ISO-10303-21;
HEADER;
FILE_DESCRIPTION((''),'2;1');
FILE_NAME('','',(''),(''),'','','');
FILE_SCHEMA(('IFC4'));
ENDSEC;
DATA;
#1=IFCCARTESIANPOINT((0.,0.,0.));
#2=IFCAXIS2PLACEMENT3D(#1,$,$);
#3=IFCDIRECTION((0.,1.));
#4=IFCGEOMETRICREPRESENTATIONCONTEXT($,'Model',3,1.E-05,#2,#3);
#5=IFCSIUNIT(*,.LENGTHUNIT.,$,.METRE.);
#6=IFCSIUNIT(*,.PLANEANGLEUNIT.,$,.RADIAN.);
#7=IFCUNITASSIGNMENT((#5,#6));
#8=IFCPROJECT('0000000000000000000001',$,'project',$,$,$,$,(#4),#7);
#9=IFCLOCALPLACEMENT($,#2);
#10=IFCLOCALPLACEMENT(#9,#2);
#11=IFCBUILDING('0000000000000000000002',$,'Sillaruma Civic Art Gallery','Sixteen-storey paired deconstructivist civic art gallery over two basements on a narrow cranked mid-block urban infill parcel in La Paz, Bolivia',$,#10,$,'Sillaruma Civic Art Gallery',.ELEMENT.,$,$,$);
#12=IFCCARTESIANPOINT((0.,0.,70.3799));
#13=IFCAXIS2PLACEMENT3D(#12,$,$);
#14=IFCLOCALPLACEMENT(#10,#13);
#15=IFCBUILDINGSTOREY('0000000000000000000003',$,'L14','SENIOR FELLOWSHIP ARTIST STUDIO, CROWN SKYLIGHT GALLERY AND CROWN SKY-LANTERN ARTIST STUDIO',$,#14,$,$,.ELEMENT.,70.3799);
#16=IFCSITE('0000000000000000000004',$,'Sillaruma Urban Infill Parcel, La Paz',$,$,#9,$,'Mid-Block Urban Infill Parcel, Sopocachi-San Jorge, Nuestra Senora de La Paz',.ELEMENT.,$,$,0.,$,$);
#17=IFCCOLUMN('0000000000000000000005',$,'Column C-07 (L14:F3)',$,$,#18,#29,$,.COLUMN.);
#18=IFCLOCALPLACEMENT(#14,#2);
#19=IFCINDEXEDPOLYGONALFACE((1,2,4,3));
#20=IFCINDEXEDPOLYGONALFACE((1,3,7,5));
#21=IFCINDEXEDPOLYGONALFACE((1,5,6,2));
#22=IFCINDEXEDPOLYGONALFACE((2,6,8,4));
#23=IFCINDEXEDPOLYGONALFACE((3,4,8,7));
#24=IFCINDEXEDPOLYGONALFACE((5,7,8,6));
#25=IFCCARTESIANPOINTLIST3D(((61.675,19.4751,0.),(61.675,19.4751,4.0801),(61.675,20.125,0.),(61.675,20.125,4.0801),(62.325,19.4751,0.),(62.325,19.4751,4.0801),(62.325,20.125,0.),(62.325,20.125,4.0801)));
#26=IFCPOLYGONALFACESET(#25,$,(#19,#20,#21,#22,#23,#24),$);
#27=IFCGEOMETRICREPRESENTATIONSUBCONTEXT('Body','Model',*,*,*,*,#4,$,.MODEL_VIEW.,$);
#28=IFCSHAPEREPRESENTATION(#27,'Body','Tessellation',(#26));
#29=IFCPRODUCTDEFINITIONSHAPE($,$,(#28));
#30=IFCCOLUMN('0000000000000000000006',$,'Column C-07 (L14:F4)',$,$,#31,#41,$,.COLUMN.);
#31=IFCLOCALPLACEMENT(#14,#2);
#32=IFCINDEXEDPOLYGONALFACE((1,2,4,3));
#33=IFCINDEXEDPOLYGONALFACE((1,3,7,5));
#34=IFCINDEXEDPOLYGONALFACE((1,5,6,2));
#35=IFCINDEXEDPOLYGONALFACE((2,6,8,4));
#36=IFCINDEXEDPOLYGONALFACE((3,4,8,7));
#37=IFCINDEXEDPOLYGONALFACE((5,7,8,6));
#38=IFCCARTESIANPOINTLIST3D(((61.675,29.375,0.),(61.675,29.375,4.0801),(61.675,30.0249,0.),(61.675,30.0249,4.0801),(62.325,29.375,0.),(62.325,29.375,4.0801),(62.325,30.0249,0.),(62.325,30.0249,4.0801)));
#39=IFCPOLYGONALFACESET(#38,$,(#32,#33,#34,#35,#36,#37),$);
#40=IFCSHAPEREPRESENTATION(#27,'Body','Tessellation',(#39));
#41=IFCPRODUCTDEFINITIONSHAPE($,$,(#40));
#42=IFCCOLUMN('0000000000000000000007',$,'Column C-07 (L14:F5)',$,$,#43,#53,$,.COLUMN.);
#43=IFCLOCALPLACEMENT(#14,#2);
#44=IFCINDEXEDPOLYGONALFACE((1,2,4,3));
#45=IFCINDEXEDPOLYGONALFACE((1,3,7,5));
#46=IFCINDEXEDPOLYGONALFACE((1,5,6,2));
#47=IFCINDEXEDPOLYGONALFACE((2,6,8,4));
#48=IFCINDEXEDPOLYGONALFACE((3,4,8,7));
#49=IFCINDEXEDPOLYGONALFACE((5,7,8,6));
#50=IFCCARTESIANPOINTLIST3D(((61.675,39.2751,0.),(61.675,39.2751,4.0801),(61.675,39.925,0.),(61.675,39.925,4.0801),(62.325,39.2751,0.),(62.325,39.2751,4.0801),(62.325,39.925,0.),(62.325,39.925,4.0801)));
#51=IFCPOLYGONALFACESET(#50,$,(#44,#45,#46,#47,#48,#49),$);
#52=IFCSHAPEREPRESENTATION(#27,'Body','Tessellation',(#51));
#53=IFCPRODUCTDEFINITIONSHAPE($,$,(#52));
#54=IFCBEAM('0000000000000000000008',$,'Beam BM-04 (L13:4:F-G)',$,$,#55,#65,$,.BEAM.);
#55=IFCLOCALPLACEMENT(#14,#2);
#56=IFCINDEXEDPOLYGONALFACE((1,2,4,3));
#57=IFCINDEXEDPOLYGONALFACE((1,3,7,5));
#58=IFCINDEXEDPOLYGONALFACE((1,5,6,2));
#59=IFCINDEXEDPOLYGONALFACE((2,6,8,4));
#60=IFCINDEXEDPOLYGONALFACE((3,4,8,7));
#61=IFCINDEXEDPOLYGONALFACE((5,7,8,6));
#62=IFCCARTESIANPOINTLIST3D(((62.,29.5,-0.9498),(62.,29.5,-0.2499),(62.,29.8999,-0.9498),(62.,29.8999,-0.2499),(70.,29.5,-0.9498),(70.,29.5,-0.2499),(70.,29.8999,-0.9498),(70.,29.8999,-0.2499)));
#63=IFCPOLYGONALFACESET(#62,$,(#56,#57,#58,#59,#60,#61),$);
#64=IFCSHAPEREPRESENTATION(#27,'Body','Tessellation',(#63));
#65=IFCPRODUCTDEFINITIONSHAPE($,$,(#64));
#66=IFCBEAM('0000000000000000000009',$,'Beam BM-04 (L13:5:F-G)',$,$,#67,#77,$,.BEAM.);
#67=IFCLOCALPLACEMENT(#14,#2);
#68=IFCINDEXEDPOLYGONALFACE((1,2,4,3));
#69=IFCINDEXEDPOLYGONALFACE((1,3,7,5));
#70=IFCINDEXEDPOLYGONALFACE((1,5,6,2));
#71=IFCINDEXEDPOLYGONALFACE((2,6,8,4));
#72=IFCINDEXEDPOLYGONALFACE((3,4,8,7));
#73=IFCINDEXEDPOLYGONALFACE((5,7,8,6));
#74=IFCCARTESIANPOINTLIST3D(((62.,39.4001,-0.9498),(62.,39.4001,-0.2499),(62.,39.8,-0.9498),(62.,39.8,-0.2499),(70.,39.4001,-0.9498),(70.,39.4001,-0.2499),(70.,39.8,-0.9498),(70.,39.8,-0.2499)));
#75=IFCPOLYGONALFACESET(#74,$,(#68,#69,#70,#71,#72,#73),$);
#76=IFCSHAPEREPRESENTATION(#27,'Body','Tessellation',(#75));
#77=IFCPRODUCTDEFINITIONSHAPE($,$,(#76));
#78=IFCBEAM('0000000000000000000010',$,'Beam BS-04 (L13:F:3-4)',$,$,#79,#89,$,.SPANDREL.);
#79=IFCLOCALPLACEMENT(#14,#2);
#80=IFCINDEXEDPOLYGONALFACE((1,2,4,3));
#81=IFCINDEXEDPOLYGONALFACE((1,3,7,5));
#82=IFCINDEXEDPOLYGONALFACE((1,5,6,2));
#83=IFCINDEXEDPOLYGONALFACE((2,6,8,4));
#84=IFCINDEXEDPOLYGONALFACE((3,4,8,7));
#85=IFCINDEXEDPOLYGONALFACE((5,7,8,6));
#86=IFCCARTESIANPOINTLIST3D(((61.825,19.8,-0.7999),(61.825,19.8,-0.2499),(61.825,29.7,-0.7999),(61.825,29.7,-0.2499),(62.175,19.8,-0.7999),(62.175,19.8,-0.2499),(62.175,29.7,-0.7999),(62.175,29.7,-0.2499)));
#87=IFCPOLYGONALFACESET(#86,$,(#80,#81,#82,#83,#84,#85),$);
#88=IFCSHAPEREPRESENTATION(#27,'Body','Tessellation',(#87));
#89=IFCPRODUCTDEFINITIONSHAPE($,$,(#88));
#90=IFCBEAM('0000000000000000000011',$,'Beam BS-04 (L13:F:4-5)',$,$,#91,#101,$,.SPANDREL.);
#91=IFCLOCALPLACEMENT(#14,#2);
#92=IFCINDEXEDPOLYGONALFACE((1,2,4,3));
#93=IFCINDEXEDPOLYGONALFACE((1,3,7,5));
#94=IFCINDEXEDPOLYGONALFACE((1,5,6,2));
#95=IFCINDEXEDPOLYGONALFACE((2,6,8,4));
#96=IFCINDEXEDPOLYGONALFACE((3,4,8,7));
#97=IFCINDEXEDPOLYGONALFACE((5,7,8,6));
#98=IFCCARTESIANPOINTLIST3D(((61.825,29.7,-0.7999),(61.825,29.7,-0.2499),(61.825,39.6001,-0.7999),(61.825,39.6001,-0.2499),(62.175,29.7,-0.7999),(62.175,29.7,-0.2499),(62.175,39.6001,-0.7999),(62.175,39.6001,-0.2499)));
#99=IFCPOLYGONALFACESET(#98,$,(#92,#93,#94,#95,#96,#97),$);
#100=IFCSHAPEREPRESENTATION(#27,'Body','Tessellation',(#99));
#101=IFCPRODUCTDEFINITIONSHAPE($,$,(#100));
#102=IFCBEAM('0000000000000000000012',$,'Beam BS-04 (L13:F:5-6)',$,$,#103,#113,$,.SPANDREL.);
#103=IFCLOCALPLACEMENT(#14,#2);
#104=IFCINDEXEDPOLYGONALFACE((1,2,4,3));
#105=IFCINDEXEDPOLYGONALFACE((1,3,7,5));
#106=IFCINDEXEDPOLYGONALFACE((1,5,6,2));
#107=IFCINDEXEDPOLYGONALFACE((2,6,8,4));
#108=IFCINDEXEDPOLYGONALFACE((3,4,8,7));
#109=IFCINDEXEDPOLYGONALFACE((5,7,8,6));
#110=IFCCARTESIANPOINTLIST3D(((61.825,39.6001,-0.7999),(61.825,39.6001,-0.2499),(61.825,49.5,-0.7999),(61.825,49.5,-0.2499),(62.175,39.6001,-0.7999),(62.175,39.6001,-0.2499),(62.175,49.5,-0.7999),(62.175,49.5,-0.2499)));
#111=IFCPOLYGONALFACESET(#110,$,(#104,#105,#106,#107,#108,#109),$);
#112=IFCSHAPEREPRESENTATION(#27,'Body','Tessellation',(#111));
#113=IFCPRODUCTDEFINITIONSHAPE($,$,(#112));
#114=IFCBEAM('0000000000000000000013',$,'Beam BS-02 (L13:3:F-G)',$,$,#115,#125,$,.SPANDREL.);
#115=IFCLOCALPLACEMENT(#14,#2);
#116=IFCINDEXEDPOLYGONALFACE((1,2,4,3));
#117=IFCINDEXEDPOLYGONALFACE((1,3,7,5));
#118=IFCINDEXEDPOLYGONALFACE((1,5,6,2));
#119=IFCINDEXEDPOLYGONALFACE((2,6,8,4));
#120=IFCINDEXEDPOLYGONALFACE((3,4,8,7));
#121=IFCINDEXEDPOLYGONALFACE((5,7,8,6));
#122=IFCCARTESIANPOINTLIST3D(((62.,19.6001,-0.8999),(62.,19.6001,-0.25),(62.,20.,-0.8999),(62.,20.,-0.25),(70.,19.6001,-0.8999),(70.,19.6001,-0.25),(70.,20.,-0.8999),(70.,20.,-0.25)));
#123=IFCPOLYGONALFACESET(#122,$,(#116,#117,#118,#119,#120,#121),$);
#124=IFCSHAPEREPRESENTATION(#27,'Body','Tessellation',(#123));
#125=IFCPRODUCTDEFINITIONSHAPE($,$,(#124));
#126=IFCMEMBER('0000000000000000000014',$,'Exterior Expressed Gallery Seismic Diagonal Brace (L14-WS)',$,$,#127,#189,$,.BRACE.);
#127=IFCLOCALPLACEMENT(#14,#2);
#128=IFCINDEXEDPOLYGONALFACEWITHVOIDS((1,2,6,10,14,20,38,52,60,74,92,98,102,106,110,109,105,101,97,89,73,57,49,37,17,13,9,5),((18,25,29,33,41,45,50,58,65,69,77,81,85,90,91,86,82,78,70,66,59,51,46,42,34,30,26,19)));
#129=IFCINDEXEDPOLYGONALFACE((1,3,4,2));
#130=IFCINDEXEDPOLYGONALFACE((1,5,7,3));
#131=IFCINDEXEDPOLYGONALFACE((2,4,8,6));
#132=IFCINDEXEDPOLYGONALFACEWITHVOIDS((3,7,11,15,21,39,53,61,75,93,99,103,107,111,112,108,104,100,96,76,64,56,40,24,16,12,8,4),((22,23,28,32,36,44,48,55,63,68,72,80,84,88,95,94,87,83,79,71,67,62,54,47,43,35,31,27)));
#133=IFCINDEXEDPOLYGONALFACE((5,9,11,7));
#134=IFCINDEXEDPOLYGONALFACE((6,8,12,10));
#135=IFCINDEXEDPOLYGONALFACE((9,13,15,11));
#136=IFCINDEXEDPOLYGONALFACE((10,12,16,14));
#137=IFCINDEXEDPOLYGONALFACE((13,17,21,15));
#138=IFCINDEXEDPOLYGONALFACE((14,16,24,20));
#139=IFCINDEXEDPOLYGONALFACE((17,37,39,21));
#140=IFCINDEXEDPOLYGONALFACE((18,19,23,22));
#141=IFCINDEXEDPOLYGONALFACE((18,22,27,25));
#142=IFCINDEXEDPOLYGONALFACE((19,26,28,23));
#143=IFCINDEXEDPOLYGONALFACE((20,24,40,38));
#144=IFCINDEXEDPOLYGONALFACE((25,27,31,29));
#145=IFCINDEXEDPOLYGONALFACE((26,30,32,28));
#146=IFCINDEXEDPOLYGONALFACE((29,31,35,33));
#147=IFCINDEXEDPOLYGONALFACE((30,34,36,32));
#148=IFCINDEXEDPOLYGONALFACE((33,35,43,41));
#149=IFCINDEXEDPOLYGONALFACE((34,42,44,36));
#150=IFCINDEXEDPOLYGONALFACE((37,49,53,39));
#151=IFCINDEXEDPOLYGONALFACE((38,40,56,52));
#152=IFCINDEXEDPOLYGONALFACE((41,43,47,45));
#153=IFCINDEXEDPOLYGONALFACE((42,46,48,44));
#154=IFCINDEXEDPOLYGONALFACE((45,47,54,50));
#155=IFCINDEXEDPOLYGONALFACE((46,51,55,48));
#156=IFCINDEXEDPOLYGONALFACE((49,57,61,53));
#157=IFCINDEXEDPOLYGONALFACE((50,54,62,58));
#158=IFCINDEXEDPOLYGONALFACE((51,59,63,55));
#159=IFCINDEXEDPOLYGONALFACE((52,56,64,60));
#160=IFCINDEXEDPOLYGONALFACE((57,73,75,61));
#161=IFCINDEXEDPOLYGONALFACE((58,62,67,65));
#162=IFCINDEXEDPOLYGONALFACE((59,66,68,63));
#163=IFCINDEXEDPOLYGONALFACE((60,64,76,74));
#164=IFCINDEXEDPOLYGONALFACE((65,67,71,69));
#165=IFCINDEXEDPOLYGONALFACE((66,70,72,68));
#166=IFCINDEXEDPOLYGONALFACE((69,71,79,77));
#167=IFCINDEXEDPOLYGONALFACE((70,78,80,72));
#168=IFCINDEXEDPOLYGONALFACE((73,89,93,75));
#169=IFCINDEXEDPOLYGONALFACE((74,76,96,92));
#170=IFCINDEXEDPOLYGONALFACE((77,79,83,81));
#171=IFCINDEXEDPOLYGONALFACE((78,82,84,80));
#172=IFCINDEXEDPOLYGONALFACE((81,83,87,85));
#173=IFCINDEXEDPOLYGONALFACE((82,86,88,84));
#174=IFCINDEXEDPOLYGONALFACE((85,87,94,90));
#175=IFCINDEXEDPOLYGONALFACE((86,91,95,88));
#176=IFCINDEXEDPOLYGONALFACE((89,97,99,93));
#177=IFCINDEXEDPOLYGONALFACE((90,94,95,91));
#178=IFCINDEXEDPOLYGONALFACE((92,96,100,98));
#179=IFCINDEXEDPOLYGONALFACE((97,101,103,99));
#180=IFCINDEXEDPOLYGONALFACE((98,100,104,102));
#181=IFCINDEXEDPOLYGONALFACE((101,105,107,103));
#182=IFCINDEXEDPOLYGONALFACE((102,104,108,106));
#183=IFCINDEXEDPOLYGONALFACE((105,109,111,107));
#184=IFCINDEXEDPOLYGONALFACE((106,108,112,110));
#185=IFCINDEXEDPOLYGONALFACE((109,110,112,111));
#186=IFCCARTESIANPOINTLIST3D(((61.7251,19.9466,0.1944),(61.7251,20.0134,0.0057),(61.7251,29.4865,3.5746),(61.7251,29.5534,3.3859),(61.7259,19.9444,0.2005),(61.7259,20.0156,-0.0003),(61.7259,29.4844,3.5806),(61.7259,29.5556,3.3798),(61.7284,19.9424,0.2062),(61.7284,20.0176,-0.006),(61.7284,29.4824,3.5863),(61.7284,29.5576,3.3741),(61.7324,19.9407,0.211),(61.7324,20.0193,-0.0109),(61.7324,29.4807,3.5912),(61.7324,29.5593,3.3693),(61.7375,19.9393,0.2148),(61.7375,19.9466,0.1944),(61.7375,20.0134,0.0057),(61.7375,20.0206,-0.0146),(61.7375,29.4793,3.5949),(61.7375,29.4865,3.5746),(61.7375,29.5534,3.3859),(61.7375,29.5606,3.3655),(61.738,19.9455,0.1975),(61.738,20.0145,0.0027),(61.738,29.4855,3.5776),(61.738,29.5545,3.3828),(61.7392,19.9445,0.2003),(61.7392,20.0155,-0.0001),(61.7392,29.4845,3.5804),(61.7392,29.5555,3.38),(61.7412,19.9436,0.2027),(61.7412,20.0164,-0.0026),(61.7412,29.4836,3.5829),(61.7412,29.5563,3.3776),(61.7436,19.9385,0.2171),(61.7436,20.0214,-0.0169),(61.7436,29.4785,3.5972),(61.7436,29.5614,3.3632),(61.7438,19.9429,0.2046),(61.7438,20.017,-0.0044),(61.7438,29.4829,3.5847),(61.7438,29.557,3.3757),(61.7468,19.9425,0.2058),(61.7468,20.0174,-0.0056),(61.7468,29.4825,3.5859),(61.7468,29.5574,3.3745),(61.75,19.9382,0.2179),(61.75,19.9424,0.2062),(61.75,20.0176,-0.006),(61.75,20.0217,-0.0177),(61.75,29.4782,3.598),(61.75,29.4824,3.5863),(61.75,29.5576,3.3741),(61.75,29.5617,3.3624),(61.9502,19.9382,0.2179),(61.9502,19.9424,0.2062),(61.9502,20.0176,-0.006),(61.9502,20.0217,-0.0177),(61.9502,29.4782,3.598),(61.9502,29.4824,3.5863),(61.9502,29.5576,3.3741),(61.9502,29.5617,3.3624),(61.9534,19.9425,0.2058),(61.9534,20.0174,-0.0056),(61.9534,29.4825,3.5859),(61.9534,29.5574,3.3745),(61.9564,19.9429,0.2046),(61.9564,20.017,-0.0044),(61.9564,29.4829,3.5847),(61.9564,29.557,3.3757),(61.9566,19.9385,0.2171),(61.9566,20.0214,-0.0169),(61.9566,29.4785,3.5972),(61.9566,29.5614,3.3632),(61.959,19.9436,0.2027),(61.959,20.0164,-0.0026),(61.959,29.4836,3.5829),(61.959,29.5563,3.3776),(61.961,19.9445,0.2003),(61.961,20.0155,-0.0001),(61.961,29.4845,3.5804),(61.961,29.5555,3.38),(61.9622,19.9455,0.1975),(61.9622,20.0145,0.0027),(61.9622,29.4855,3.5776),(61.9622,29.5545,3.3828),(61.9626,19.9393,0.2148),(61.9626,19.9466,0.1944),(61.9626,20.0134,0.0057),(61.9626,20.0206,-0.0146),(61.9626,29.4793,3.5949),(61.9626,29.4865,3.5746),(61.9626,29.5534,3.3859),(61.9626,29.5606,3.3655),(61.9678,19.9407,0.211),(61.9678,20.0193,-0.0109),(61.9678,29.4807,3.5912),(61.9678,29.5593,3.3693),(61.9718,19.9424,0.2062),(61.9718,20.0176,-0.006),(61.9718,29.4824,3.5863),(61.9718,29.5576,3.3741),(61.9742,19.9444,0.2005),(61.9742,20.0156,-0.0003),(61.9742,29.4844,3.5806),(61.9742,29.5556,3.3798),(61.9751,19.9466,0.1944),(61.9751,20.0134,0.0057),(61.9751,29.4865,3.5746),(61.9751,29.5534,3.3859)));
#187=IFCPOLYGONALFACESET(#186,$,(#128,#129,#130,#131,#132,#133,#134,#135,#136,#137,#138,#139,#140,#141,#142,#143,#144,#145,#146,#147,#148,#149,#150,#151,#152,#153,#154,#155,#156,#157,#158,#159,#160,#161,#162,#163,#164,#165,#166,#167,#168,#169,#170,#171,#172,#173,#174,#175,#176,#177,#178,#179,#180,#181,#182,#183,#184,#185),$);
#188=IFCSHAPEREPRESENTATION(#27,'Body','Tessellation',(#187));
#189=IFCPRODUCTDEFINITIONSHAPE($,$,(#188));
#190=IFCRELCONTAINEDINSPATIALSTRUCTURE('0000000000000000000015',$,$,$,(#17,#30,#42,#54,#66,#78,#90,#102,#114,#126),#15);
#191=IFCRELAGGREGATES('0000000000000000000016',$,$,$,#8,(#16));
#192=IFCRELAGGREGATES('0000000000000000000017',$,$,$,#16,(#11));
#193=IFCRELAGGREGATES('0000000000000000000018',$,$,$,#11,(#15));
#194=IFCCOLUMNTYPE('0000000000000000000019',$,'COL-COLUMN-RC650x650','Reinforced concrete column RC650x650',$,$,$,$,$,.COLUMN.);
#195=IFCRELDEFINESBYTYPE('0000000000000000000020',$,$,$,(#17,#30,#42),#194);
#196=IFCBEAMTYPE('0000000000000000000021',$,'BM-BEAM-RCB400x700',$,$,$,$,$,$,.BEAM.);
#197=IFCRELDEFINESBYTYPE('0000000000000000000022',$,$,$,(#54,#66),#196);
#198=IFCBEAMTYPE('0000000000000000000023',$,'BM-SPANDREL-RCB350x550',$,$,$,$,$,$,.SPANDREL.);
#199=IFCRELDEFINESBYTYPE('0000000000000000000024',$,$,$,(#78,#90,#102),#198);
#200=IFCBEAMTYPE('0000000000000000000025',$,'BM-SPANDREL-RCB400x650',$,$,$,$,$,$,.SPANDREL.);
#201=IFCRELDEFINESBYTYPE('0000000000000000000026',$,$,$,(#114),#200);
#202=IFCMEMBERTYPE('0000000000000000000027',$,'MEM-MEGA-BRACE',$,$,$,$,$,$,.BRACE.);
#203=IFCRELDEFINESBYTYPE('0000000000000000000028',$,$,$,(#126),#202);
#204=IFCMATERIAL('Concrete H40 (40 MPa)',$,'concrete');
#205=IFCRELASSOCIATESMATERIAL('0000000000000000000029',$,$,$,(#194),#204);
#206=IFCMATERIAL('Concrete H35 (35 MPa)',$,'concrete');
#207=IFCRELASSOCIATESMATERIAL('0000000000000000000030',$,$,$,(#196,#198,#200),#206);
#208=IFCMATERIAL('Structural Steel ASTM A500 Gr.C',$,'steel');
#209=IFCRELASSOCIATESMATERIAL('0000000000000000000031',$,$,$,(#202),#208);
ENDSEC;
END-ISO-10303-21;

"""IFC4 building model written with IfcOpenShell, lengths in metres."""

from ifc_helpers import new_model, si_unit, direction, frame, origin, origin_2d, place, context, subcontext, project, spatial, rectangle, hollow_rectangle, extrude, material, material_profile, profile_set, type_object, element, save


model = new_model("IFC4")

# Units and contexts
model_context = context("Model", 3, precision=1e-05, world=origin(), true_north=direction((0.0, 1.0)))
body_context = subcontext(model_context, "Body", "Model", "MODEL_VIEW")
ifc_project = project(units=[si_unit("LENGTHUNIT", "METRE"), si_unit("PLANEANGLEUNIT", "RADIAN")], contexts=[model_context])

# Site, building, storey
site_placement = place(None, origin())
site = spatial("IfcSite", under=ifc_project, at=site_placement, Name="Sillaruma Urban Infill Parcel, La Paz", LongName="Mid-Block Urban Infill Parcel, Sopocachi-San Jorge, Nuestra Senora de La Paz", CompositionType="ELEMENT", RefElevation=0.0)
building_placement = place(site_placement, origin())
building = spatial("IfcBuilding", under=site, at=building_placement, Name="Sillaruma Civic Art Gallery", Description="Sixteen-storey paired deconstructivist civic art gallery over two basements on a narrow cranked mid-block urban infill parcel in La Paz, Bolivia", LongName="Sillaruma Civic Art Gallery", CompositionType="ELEMENT")
storey_placement = place(building_placement, frame((0.0, 0.0, 70.3799)))
storey = spatial("IfcBuildingStorey", under=building, at=storey_placement, Name="L14", Description="SENIOR FELLOWSHIP ARTIST STUDIO, CROWN SKYLIGHT GALLERY AND CROWN SKY-LANTERN ARTIST STUDIO", CompositionType="ELEMENT", Elevation=70.3799)

# Columns
ifc_material_1 = material(Name="Concrete H40 (40 MPa)", Category="concrete")
ifc_material_profile_1 = material_profile(ifc_material_1, rectangle(XDim=0.6499, YDim=0.6499, at=origin_2d()), Name="RC650x650")
ifc_profile_set_1 = profile_set([ifc_material_profile_1], Name="Concrete H40 (40 MPa)")
column_type = type_object("IfcColumnType", Name="COL-COLUMN-RC650x650", Description="Reinforced concrete column RC650x650", PredefinedType="COLUMN", material=ifc_profile_set_1)
for number, where, z_axis, x_axis, name in (
    (1, (62.0, 19.8, 0.0), (0.0, 0.0, 1.0), (1.0, 0.0, 0.0), "Column C-07 (L14:F3)"),
    (2, (62.0, 29.7, 0.0), (0.0, 0.0, 1.0), (1.0, 0.0, 0.0), "Column C-07 (L14:F4)"),
    (3, (62.0, 39.6001, 0.0), (0.0, 0.0, 1.0), (1.0, 0.0, 0.0), "Column C-07 (L14:F5)"),
):
    element("IfcColumn", number, at=place(storey_placement, frame(where, z_axis=z_axis, x_axis=x_axis)), inside=storey, type_object=column_type, Name=name, PredefinedType="COLUMN", context=body_context, shape_type="SweptSolid", body=[
        extrude(rectangle(XDim=0.6499, YDim=0.6499, at=origin_2d()), origin(), (0.0, 0.0, 1.0), 4.0801),
    ])

# Beams
ifc_material_2 = material(Name="Concrete H35 (35 MPa)", Category="concrete")
ifc_material_profile_2 = material_profile(ifc_material_2, rectangle(XDim=0.3999, YDim=0.7, at=origin_2d()), Name="RCB400x700")
ifc_profile_set_2 = profile_set([ifc_material_profile_2], Name="Concrete H35 (35 MPa)")
beam_type_1 = type_object("IfcBeamType", Name="BM-BEAM-RCB400x700", PredefinedType="BEAM", material=ifc_profile_set_2)
for number, where, z_axis, x_axis, name in (
    (4, (62.0, 29.7, -0.5999), (1.0, 0.0, 0.0), (0.0, 1.0, 0.0), "Beam BM-04 (L13:4:F-G)"),
    (5, (62.0, 39.6001, -0.5999), (1.0, 0.0, 0.0), (0.0, 1.0, 0.0), "Beam BM-04 (L13:5:F-G)"),
):
    element("IfcBeam", number, at=place(storey_placement, frame(where, z_axis=z_axis, x_axis=x_axis)), inside=storey, type_object=beam_type_1, Name=name, PredefinedType="BEAM", context=body_context, shape_type="SweptSolid", body=[
        extrude(rectangle(XDim=0.3999, YDim=0.7, at=origin_2d()), origin(), (0.0, 0.0, 1.0), 8.0),
    ])
ifc_material_profile_3 = material_profile(ifc_material_2, rectangle(XDim=0.3501, YDim=0.55, at=origin_2d()), Name="RCB350x550")
ifc_profile_set_3 = profile_set([ifc_material_profile_3], Name="Concrete H35 (35 MPa)")
beam_type_2 = type_object("IfcBeamType", Name="BM-SPANDREL-RCB350x550", PredefinedType="SPANDREL", material=ifc_profile_set_3)
beam_1_placement = place(storey_placement, frame((62.0, 19.8, -0.5249), z_axis=(0.0, 1.0, 0.0), x_axis=(-1.0, 0.0, 0.0)))
element("IfcBeam", 6, at=beam_1_placement, inside=storey, type_object=beam_type_2, Name="Beam BS-04 (L13:F:3-4)", PredefinedType="SPANDREL", context=body_context, shape_type="SweptSolid", body=[
    extrude(rectangle(XDim=0.3501, YDim=0.55, at=origin_2d()), origin(), (0.0, 0.0, 1.0), 9.8999),
])
beam_2_placement = place(storey_placement, frame((62.0, 29.7, -0.5249), z_axis=(0.0, 1.0, 0.0), x_axis=(-1.0, 0.0, 0.0)))
element("IfcBeam", 7, at=beam_2_placement, inside=storey, type_object=beam_type_2, Name="Beam BS-04 (L13:F:4-5)", PredefinedType="SPANDREL", context=body_context, shape_type="SweptSolid", body=[
    extrude(rectangle(XDim=0.3501, YDim=0.55, at=origin_2d()), origin(), (0.0, 0.0, 1.0), 9.9001),
])
beam_3_placement = place(storey_placement, frame((62.0, 39.6001, -0.5249), z_axis=(0.0, 1.0, 0.0), x_axis=(-1.0, 0.0, 0.0)))
element("IfcBeam", 8, at=beam_3_placement, inside=storey, type_object=beam_type_2, Name="Beam BS-04 (L13:F:5-6)", PredefinedType="SPANDREL", context=body_context, shape_type="SweptSolid", body=[
    extrude(rectangle(XDim=0.3501, YDim=0.55, at=origin_2d()), origin(), (0.0, 0.0, 1.0), 9.8999),
])
ifc_material_profile_4 = material_profile(ifc_material_2, rectangle(XDim=0.3999, YDim=0.6499, at=origin_2d()), Name="RCB400x650")
ifc_profile_set_4 = profile_set([ifc_material_profile_4], Name="Concrete H35 (35 MPa)")
beam_type_3 = type_object("IfcBeamType", Name="BM-SPANDREL-RCB400x650", PredefinedType="SPANDREL", material=ifc_profile_set_4)
beam_4_placement = place(storey_placement, frame((62.0, 19.8, -0.575), z_axis=(1.0, 0.0, 0.0), x_axis=(0.0, 1.0, 0.0)))
element("IfcBeam", 9, at=beam_4_placement, inside=storey, type_object=beam_type_3, Name="Beam BS-02 (L13:3:F-G)", PredefinedType="SPANDREL", context=body_context, shape_type="SweptSolid", body=[
    extrude(rectangle(XDim=0.3999, YDim=0.6499, at=origin_2d()), origin(), (0.0, 0.0, 1.0), 8.0),
])

# Member
ifc_material_3 = material(Name="Structural Steel ASTM A500 Gr.C", Category="steel")
ifc_material_profile_5 = material_profile(ifc_material_3, hollow_rectangle(XDim=0.25, YDim=0.25, WallThickness=0.0125, InnerFilletRadius=0.0125, OuterFilletRadius=0.0249, at=origin_2d()), Name="HSS250x250x12.5")
ifc_profile_set_5 = profile_set([ifc_material_profile_5], Name="Structural Steel ASTM A500 Gr.C")
member_type_1 = type_object("IfcMemberType", Name="MEM-MEGA-BRACE", PredefinedType="BRACE", material=ifc_profile_set_5)
member_1_placement = place(storey_placement, frame((61.8501, 19.98, 0.1001), z_axis=(0.0, 0.942585, 0.333967), x_axis=(-1.0, 0.0, 0.0)))
element("IfcMember", 10, at=member_1_placement, inside=storey, type_object=member_type_1, Name="Exterior Expressed Gallery Seismic Diagonal Brace (L14-WS)", PredefinedType="BRACE", context=body_context, shape_type="SweptSolid", body=[
    extrude(hollow_rectangle(XDim=0.25, YDim=0.25, WallThickness=0.0125, InnerFilletRadius=0.0125, OuterFilletRadius=0.0249, at=origin_2d()), origin(), (0.0, 0.0, 1.0), 10.1211),
])

save(model, "model.ifc")
